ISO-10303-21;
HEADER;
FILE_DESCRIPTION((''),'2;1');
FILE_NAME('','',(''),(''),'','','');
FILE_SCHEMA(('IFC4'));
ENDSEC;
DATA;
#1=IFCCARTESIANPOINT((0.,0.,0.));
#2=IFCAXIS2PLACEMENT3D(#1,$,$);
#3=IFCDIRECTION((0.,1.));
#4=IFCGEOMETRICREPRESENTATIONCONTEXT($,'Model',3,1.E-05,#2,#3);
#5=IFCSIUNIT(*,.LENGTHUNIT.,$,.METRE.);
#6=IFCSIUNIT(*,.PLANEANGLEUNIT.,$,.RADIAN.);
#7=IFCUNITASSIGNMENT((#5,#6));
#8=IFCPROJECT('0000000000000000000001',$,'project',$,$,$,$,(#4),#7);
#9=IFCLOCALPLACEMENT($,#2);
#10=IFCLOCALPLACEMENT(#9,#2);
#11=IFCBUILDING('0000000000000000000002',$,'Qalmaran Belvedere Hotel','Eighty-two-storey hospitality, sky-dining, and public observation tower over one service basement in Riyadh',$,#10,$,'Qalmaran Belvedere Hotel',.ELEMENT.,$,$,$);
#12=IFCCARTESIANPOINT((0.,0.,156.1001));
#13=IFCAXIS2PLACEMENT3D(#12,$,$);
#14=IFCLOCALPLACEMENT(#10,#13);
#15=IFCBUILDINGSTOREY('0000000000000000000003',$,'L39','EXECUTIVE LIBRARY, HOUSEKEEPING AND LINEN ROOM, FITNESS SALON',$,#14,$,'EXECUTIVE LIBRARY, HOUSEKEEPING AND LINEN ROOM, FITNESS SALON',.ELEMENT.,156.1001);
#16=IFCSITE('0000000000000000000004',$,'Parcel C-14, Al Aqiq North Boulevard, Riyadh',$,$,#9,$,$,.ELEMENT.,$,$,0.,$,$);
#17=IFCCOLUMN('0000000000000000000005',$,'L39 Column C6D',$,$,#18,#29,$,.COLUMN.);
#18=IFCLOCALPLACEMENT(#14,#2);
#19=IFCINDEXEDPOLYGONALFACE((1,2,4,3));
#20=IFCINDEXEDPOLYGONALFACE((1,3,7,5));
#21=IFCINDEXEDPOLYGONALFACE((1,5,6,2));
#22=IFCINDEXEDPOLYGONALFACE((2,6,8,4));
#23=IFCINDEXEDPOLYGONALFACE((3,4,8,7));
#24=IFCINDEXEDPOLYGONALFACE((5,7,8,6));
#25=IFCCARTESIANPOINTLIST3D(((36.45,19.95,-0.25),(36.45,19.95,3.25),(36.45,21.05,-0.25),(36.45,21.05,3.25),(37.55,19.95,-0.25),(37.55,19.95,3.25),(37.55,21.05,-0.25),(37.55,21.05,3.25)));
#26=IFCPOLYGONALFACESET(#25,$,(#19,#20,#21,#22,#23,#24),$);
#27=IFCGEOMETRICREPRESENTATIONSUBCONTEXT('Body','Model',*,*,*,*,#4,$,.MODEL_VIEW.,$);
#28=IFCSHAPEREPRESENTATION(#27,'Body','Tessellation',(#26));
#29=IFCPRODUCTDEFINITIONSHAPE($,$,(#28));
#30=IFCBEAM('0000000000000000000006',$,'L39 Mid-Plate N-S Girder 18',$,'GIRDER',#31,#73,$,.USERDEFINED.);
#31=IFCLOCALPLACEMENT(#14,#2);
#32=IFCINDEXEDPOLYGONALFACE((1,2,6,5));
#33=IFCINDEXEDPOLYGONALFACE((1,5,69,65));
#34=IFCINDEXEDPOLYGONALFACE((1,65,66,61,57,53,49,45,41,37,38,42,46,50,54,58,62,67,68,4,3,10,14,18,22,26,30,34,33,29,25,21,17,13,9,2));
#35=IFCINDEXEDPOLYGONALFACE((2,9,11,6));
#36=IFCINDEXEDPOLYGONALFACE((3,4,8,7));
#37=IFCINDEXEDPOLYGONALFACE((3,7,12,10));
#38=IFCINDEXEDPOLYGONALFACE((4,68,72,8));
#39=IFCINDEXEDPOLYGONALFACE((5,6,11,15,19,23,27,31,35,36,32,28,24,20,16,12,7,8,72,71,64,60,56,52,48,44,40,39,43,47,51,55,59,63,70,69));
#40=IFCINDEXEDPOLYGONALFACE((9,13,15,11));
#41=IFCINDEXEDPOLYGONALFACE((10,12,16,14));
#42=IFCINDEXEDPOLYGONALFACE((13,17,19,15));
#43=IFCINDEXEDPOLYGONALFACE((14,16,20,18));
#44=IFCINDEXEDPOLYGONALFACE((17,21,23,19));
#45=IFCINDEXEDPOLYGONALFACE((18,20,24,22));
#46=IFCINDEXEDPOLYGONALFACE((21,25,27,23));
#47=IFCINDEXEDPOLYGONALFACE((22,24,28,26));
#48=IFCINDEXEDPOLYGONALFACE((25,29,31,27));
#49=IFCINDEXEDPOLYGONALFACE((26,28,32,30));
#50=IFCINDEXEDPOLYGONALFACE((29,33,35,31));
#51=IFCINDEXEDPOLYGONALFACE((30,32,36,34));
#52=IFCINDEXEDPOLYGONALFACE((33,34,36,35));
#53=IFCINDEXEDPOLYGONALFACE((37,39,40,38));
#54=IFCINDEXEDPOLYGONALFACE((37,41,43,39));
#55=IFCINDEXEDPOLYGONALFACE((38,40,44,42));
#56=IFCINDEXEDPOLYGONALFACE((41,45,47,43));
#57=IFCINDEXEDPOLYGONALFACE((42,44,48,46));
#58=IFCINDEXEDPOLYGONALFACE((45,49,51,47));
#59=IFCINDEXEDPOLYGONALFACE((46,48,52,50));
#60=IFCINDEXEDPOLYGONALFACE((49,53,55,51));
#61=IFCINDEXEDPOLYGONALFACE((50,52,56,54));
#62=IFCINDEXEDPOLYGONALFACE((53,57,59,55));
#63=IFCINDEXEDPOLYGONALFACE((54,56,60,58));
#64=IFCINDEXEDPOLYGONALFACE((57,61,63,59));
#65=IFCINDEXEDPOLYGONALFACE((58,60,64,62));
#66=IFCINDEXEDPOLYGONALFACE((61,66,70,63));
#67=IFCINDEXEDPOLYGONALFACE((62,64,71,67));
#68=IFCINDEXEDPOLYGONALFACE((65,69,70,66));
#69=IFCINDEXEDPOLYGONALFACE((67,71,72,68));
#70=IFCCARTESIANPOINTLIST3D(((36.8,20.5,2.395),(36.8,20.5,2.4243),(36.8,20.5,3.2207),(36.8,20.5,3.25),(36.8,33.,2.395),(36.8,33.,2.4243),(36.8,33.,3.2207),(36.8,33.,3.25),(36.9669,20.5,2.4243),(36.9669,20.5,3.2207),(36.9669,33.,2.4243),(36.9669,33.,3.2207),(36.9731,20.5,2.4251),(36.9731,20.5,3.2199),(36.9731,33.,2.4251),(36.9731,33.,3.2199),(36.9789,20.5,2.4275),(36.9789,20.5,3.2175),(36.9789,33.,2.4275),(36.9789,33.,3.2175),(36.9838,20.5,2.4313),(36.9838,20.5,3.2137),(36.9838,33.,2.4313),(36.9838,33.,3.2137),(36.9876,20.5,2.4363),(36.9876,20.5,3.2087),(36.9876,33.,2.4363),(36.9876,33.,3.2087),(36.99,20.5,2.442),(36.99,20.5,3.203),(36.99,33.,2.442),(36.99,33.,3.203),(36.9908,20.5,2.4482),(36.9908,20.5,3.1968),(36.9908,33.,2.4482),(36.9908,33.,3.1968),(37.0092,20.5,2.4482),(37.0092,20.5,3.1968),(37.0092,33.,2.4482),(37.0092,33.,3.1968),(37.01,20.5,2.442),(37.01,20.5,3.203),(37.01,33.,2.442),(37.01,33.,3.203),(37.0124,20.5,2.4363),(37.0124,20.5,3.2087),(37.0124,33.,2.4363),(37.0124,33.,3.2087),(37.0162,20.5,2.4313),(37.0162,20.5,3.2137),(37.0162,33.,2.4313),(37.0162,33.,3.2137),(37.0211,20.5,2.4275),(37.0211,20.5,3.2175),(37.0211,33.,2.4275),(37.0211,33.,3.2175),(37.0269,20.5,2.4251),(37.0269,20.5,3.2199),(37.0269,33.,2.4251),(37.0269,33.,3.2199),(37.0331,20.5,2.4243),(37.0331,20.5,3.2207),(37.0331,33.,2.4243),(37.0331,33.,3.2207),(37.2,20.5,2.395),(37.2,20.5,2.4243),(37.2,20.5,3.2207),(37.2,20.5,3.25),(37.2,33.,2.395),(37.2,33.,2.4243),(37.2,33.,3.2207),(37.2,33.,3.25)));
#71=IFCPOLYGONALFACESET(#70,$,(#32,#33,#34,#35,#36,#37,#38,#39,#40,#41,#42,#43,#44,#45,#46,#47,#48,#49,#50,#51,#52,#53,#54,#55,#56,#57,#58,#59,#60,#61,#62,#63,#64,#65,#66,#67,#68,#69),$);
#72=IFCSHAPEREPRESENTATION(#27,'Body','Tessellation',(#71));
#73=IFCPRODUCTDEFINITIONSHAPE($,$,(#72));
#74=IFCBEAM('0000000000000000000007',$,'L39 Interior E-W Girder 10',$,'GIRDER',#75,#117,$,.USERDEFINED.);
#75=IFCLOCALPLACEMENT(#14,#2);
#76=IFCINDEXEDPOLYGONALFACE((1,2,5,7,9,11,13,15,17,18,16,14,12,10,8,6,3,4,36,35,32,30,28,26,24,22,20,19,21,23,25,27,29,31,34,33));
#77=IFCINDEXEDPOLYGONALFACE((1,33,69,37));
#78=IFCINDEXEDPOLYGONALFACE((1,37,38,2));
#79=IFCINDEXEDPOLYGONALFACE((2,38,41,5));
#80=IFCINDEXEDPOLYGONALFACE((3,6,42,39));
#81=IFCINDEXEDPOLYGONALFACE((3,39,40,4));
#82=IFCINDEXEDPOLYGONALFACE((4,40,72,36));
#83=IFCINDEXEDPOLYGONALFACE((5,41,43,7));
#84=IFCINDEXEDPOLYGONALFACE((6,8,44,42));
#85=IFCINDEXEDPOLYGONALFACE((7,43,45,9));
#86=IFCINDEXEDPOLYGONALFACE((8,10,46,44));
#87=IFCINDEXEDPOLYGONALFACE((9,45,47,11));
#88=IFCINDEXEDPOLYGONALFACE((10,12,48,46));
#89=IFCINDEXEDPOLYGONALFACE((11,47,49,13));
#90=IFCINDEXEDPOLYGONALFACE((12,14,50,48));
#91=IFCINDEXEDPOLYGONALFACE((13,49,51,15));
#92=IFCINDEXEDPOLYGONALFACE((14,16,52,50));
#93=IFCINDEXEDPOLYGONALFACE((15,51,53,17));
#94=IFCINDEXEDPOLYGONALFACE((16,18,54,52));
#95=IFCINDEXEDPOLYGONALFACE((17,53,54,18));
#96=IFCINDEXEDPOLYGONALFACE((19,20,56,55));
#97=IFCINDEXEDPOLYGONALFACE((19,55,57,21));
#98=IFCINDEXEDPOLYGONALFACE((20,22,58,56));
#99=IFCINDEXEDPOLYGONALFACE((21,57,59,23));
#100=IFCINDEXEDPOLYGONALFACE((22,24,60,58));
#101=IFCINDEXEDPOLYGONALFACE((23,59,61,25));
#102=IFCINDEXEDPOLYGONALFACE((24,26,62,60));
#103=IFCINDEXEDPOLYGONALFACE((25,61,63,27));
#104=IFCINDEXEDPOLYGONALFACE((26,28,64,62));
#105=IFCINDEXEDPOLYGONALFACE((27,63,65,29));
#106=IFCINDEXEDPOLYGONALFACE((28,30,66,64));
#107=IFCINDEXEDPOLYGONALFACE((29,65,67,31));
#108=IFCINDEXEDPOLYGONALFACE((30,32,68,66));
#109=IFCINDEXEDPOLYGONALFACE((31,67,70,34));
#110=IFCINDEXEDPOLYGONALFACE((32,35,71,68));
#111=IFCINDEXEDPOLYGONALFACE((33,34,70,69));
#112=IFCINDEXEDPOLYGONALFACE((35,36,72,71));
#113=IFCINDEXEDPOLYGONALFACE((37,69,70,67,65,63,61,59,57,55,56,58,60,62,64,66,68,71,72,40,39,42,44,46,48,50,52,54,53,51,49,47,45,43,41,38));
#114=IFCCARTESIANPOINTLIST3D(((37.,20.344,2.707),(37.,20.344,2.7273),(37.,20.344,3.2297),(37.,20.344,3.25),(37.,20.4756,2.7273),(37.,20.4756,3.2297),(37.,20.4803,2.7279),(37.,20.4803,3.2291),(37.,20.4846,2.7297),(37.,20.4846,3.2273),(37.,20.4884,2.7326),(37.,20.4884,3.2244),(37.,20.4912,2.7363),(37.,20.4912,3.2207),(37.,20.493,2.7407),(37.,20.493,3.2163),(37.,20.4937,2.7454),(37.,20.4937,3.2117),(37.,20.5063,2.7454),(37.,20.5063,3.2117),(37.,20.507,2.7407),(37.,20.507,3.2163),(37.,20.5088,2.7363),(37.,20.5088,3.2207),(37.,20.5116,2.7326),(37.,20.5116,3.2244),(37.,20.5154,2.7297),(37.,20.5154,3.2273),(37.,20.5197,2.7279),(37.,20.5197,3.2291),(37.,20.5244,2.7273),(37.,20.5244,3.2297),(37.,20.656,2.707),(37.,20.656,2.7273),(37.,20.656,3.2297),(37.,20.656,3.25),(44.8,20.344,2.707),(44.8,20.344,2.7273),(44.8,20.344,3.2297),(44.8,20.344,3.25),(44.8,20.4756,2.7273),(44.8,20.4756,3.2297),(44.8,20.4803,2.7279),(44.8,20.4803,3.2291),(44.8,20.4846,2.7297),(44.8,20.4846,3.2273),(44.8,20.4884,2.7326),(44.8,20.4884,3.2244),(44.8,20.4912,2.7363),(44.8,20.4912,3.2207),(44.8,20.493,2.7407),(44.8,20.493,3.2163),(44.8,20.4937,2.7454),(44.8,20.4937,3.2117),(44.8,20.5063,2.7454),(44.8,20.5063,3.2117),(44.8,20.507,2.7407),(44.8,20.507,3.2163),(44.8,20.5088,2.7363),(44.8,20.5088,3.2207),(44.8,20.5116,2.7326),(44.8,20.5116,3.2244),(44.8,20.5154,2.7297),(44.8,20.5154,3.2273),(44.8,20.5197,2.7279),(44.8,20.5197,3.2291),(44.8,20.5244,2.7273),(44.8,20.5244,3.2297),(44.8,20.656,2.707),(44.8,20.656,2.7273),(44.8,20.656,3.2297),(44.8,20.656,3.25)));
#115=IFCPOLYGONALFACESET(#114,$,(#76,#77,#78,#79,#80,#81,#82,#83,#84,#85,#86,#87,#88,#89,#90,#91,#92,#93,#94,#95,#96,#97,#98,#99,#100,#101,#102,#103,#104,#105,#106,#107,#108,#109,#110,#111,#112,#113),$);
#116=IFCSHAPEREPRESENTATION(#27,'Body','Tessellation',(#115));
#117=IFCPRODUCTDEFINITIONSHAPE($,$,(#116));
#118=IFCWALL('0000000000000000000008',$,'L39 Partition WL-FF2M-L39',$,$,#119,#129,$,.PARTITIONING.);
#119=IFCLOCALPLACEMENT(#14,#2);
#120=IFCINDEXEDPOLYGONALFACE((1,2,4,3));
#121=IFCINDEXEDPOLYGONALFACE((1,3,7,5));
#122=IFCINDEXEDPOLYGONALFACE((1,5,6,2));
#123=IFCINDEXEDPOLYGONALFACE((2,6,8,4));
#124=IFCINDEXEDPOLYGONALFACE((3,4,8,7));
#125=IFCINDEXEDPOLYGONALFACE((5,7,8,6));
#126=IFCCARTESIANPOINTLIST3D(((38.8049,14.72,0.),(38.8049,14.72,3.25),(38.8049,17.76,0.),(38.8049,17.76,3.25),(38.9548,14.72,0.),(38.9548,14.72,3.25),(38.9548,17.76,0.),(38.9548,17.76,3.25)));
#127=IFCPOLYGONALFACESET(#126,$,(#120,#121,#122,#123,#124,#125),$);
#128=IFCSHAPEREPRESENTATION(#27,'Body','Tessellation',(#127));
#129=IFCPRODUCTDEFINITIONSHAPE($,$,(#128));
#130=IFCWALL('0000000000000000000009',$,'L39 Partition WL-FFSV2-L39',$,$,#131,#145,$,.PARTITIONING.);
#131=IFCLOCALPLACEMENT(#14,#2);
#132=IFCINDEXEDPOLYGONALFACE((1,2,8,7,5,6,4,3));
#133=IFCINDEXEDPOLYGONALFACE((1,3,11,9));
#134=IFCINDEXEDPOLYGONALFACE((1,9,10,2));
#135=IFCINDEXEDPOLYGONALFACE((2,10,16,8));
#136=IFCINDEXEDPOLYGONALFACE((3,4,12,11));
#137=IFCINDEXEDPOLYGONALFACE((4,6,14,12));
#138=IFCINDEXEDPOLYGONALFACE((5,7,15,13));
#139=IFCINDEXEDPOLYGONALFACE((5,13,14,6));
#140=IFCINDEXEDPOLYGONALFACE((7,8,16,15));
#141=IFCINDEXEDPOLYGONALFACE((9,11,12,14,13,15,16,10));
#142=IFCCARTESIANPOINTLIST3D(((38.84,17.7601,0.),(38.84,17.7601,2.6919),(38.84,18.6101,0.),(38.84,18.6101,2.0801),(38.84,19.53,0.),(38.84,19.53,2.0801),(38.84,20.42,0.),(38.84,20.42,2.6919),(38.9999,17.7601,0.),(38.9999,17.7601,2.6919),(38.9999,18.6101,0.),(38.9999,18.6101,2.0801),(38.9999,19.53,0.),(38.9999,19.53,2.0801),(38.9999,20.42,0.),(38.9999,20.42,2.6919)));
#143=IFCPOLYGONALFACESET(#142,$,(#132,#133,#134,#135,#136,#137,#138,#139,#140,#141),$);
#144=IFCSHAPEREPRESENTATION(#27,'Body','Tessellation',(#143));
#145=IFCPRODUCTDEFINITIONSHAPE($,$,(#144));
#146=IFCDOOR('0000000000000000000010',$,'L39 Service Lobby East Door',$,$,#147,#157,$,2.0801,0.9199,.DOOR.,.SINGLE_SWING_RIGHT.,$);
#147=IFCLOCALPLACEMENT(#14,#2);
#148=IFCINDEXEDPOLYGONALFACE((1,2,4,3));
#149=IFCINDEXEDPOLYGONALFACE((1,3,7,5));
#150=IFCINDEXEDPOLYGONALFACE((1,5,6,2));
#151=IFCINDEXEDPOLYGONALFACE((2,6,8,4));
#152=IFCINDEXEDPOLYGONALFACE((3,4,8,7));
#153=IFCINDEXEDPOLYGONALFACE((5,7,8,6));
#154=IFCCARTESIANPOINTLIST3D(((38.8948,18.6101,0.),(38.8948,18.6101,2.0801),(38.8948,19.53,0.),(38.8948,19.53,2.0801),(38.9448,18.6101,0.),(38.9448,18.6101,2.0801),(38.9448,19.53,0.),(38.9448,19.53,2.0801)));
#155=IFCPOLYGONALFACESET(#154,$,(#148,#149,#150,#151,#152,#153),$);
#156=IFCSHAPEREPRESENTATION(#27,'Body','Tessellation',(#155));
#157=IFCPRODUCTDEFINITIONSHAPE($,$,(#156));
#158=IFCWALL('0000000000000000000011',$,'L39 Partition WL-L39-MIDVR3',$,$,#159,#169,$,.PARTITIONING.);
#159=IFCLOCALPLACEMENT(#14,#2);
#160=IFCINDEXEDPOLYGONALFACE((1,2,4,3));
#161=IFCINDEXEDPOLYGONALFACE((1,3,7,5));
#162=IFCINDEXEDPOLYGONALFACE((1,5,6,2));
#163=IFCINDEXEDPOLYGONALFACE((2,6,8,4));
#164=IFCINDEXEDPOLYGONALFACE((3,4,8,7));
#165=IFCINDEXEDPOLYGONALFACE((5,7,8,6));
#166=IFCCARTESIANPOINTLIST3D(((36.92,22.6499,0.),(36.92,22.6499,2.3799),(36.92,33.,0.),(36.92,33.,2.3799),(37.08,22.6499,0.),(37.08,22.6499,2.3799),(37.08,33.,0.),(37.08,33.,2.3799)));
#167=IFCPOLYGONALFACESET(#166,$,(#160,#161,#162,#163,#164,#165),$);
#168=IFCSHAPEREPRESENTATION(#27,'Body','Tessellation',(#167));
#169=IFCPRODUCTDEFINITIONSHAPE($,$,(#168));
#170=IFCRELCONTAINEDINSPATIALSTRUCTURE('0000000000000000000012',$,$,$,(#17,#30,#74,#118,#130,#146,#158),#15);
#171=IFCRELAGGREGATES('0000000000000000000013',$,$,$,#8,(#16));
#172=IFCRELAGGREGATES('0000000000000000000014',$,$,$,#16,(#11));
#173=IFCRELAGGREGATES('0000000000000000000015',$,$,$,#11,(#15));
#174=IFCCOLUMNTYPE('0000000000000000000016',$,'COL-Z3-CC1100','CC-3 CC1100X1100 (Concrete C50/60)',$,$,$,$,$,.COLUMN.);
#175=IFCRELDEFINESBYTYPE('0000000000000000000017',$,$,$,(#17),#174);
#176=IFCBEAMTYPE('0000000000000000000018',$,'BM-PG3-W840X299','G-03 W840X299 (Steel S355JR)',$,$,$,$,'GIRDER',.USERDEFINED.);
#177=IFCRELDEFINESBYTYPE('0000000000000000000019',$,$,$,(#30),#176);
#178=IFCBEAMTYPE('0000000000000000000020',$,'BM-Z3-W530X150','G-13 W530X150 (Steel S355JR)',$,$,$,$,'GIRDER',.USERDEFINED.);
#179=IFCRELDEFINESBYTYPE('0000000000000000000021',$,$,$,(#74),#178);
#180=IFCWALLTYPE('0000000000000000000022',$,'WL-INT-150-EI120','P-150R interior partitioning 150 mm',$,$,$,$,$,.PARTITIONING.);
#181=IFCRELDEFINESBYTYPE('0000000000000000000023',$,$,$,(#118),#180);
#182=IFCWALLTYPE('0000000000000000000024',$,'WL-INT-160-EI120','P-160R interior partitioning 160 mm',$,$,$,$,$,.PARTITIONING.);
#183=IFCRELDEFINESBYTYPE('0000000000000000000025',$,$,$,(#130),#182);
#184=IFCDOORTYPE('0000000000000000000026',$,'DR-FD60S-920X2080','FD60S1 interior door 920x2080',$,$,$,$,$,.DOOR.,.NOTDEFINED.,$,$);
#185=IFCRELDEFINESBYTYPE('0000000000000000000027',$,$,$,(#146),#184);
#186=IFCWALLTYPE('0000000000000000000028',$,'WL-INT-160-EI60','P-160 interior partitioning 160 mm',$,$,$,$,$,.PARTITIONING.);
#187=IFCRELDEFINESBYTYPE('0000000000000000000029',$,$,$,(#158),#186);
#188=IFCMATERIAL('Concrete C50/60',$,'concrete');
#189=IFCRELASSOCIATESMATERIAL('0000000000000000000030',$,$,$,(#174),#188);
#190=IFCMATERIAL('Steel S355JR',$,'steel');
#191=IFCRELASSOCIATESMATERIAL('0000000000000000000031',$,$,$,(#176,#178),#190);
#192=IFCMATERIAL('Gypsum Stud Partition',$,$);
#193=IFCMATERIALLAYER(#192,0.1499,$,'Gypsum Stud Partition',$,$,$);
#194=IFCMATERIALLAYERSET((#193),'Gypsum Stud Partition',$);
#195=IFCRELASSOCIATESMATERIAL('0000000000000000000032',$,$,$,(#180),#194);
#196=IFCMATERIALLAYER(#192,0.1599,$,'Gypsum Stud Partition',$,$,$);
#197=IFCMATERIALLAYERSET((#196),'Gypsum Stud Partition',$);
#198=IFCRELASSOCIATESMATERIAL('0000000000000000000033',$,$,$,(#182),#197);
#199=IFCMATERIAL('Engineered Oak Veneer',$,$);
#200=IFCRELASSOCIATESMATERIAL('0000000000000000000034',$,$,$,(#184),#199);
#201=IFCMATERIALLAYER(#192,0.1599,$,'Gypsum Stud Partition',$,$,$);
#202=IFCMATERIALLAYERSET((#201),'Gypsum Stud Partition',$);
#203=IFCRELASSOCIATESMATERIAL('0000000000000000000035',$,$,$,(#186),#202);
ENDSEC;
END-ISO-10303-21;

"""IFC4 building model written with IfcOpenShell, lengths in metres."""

from ifc_helpers import new_model, si_unit, direction, frame, frame_2d, origin, origin_2d, place, context, subcontext, project, spatial, rectangle, i_section, extrude, material, layer, layer_set, material_profile, profile_set, type_object, element, fill, save


model = new_model("IFC4")

# Units and contexts
model_context = context("Model", 3, precision=1e-05, world=origin(), true_north=direction((0.0, 1.0)))
body_context = subcontext(model_context, "Body", "Model", "MODEL_VIEW")
ifc_project = project(units=[si_unit("LENGTHUNIT", "METRE"), si_unit("PLANEANGLEUNIT", "RADIAN")], contexts=[model_context])

# Site, building, storey
site_placement = place(None, origin())
site = spatial("IfcSite", under=ifc_project, at=site_placement, Name="Parcel C-14, Al Aqiq North Boulevard, Riyadh", CompositionType="ELEMENT", RefElevation=0.0)
building_placement = place(site_placement, origin())
building = spatial("IfcBuilding", under=site, at=building_placement, Name="Qalmaran Belvedere Hotel", Description="Eighty-two-storey hospitality, sky-dining, and public observation tower over one service basement in Riyadh", LongName="Qalmaran Belvedere Hotel", CompositionType="ELEMENT")
storey_placement = place(building_placement, frame((0.0, 0.0, 156.1001)))
storey = spatial("IfcBuildingStorey", under=building, at=storey_placement, Name="L39", Description="EXECUTIVE LIBRARY, HOUSEKEEPING AND LINEN ROOM, FITNESS SALON", LongName="EXECUTIVE LIBRARY, HOUSEKEEPING AND LINEN ROOM, FITNESS SALON", CompositionType="ELEMENT", Elevation=156.1001)

# Column
ifc_material_1 = material(Name="Concrete C50/60", Category="concrete")
ifc_material_profile_1 = material_profile(ifc_material_1, rectangle(XDim=1.1001, YDim=1.1001, at=origin_2d()), Name="CC1100X1100")
ifc_profile_set_1 = profile_set([ifc_material_profile_1], Name="Concrete C50/60")
column_type = type_object("IfcColumnType", Name="COL-Z3-CC1100", Description="CC-3 CC1100X1100 (Concrete C50/60)", PredefinedType="COLUMN", material=ifc_profile_set_1)
column_placement = place(storey_placement, frame((37.0, 20.5, -0.25), z_axis=(0.0, 0.0, 1.0), x_axis=(1.0, 0.0, 0.0)))
element("IfcColumn", 1, at=column_placement, inside=storey, type_object=column_type, Name="L39 Column C6D", PredefinedType="COLUMN", context=body_context, shape_type="SweptSolid", body=[
    extrude(rectangle(XDim=1.1001, YDim=1.1001, at=origin_2d()), origin(), (0.0, 0.0, 1.0), 3.5),
])

# Beams
ifc_material_2 = material(Name="Steel S355JR", Category="steel")
ifc_material_profile_2 = material_profile(ifc_material_2, i_section(OverallWidth=0.3999, OverallDepth=0.855, WebThickness=0.0183, FlangeThickness=0.0293, FilletRadius=0.0239, at=origin_2d()), Name="W840X299")
ifc_profile_set_2 = profile_set([ifc_material_profile_2], Name="Steel S355JR")
beam_type_1 = type_object("IfcBeamType", Name="BM-PG3-W840X299", Description="G-03 W840X299 (Steel S355JR)", ElementType="GIRDER", PredefinedType="USERDEFINED", material=ifc_profile_set_2)
beam_1_placement = place(storey_placement, frame((37.0, 20.5, 2.8225), z_axis=(0.0, 1.0, 0.0), x_axis=(-1.0, 0.0, 0.0)))
element("IfcBeam", 2, at=beam_1_placement, inside=storey, type_object=beam_type_1, Name="L39 Mid-Plate N-S Girder 18", ObjectType="GIRDER", PredefinedType="USERDEFINED", context=body_context, shape_type="SweptSolid", body=[
    extrude(i_section(OverallWidth=0.3999, OverallDepth=0.855, WebThickness=0.0183, FlangeThickness=0.0293, FilletRadius=0.0239, at=origin_2d()), origin(), (0.0, 0.0, 1.0), 12.5),
])
ifc_material_profile_3 = material_profile(ifc_material_2, i_section(OverallWidth=0.312, OverallDepth=0.543, WebThickness=0.0127, FlangeThickness=0.0203, FilletRadius=0.0181, at=origin_2d()), Name="W530X150")
ifc_profile_set_3 = profile_set([ifc_material_profile_3], Name="Steel S355JR")
beam_type_2 = type_object("IfcBeamType", Name="BM-Z3-W530X150", Description="G-13 W530X150 (Steel S355JR)", ElementType="GIRDER", PredefinedType="USERDEFINED", material=ifc_profile_set_3)
beam_2_placement = place(storey_placement, frame((37.0, 20.5, 2.9785), z_axis=(1.0, 0.0, 0.0), x_axis=(0.0, 1.0, 0.0)))
element("IfcBeam", 3, at=beam_2_placement, inside=storey, type_object=beam_type_2, Name="L39 Interior E-W Girder 10", ObjectType="GIRDER", PredefinedType="USERDEFINED", context=body_context, shape_type="SweptSolid", body=[
    extrude(i_section(OverallWidth=0.312, OverallDepth=0.543, WebThickness=0.0127, FlangeThickness=0.0203, FilletRadius=0.0181, at=origin_2d()), origin(), (0.0, 0.0, 1.0), 7.8),
])

# Wall
ifc_material_3 = material(Name="Gypsum Stud Partition")
ifc_layer_1 = layer(ifc_material_3, 0.1499, Name="Gypsum Stud Partition")
ifc_layer_set_1 = layer_set([ifc_layer_1], Name="Gypsum Stud Partition")
wall_type_1 = type_object("IfcWallType", Name="WL-INT-150-EI120", Description="P-150R interior partitioning 150 mm", PredefinedType="PARTITIONING", material=ifc_layer_set_1)
wall_1_placement = place(storey_placement, frame((38.8799, 14.72, 0.0), z_axis=(0.0, 0.0, 1.0), x_axis=(0.0, 1.0, 0.0)))
element("IfcWall", 4, at=wall_1_placement, inside=storey, type_object=wall_type_1, Name="L39 Partition WL-FF2M-L39", PredefinedType="PARTITIONING", context=body_context, shape_type="SweptSolid", body=[
    extrude(rectangle(XDim=3.04, YDim=0.1499, at=frame_2d((1.52, 0.0))), origin(), (0.0, 0.0, 1.0), 3.25),
])

# Wall, opening, door
ifc_layer_2 = layer(ifc_material_3, 0.1599, Name="Gypsum Stud Partition")
ifc_layer_set_2 = layer_set([ifc_layer_2], Name="Gypsum Stud Partition")
wall_type_2 = type_object("IfcWallType", Name="WL-INT-160-EI120", Description="P-160R interior partitioning 160 mm", PredefinedType="PARTITIONING", material=ifc_layer_set_2)
wall_2_placement = place(storey_placement, frame((38.9199, 17.76, 0.0), z_axis=(0.0, 0.0, 1.0), x_axis=(0.0, 1.0, 0.0)))
wall_2 = element("IfcWall", 5, at=wall_2_placement, inside=storey, type_object=wall_type_2, Name="L39 Partition WL-FFSV2-L39", PredefinedType="PARTITIONING", context=body_context, shape_type="SweptSolid", body=[
    extrude(rectangle(XDim=2.6599, YDim=0.1599, at=frame_2d((1.3301, 0.0))), origin(), (0.0, 0.0, 1.0), 2.6919),
])
opening_1_placement = place(wall_2_placement, frame((1.77, 0.0, 0.0), z_axis=(0.0, 0.0, 1.0), x_axis=(-1.0, 0.0, 0.0)))
opening_1 = element("IfcOpeningElement", 6, at=opening_1_placement, cuts=wall_2, PredefinedType="OPENING", context=body_context, shape_type="SweptSolid", body=[
    extrude(rectangle(XDim=0.9199, YDim=2.0801, at=frame_2d((0.46, 1.04))), frame((0.0, 0.0898, 0.0), z_axis=(0.0, -1.0, 0.0), x_axis=(1.0, 0.0, 0.0)), (0.0, 0.0, 1.0), 0.1799),
])
ifc_material_4 = material(Name="Engineered Oak Veneer")
door_type_1 = type_object("IfcDoorType", Name="DR-FD60S-920X2080", Description="FD60S1 interior door 920x2080", OperationType="NOTDEFINED", PredefinedType="DOOR", material=ifc_material_4)
door_1_placement = place(opening_1_placement, origin())
door_1 = element("IfcDoor", 7, at=door_1_placement, inside=storey, type_object=door_type_1, Name="L39 Service Lobby East Door", OperationType="SINGLE_SWING_RIGHT", OverallHeight=2.0801, OverallWidth=0.9199, PredefinedType="DOOR", context=body_context, shape_type="SweptSolid", body=[
    extrude(rectangle(XDim=0.9199, YDim=2.0801, at=frame_2d((0.46, 1.04))), frame((0.0, 0.0249, 0.0), z_axis=(0.0, -1.0, 0.0), x_axis=(1.0, 0.0, 0.0)), (0.0, 0.0, 1.0), 0.05),
])
fill(opening_1, door_1)

# Wall
ifc_layer_3 = layer(ifc_material_3, 0.1599, Name="Gypsum Stud Partition")
ifc_layer_set_3 = layer_set([ifc_layer_3], Name="Gypsum Stud Partition")
wall_type_3 = type_object("IfcWallType", Name="WL-INT-160-EI60", Description="P-160 interior partitioning 160 mm", PredefinedType="PARTITIONING", material=ifc_layer_set_3)
wall_3_placement = place(storey_placement, frame((37.0, 22.6499, 0.0), z_axis=(0.0, 0.0, 1.0), x_axis=(0.0, 1.0, 0.0)))
element("IfcWall", 8, at=wall_3_placement, inside=storey, type_object=wall_type_3, Name="L39 Partition WL-L39-MIDVR3", PredefinedType="PARTITIONING", context=body_context, shape_type="SweptSolid", body=[
    extrude(rectangle(XDim=10.3501, YDim=0.1599, at=frame_2d((5.175, 0.0))), origin(), (0.0, 0.0, 1.0), 2.3799),
])

save(model, "model.ifc")
